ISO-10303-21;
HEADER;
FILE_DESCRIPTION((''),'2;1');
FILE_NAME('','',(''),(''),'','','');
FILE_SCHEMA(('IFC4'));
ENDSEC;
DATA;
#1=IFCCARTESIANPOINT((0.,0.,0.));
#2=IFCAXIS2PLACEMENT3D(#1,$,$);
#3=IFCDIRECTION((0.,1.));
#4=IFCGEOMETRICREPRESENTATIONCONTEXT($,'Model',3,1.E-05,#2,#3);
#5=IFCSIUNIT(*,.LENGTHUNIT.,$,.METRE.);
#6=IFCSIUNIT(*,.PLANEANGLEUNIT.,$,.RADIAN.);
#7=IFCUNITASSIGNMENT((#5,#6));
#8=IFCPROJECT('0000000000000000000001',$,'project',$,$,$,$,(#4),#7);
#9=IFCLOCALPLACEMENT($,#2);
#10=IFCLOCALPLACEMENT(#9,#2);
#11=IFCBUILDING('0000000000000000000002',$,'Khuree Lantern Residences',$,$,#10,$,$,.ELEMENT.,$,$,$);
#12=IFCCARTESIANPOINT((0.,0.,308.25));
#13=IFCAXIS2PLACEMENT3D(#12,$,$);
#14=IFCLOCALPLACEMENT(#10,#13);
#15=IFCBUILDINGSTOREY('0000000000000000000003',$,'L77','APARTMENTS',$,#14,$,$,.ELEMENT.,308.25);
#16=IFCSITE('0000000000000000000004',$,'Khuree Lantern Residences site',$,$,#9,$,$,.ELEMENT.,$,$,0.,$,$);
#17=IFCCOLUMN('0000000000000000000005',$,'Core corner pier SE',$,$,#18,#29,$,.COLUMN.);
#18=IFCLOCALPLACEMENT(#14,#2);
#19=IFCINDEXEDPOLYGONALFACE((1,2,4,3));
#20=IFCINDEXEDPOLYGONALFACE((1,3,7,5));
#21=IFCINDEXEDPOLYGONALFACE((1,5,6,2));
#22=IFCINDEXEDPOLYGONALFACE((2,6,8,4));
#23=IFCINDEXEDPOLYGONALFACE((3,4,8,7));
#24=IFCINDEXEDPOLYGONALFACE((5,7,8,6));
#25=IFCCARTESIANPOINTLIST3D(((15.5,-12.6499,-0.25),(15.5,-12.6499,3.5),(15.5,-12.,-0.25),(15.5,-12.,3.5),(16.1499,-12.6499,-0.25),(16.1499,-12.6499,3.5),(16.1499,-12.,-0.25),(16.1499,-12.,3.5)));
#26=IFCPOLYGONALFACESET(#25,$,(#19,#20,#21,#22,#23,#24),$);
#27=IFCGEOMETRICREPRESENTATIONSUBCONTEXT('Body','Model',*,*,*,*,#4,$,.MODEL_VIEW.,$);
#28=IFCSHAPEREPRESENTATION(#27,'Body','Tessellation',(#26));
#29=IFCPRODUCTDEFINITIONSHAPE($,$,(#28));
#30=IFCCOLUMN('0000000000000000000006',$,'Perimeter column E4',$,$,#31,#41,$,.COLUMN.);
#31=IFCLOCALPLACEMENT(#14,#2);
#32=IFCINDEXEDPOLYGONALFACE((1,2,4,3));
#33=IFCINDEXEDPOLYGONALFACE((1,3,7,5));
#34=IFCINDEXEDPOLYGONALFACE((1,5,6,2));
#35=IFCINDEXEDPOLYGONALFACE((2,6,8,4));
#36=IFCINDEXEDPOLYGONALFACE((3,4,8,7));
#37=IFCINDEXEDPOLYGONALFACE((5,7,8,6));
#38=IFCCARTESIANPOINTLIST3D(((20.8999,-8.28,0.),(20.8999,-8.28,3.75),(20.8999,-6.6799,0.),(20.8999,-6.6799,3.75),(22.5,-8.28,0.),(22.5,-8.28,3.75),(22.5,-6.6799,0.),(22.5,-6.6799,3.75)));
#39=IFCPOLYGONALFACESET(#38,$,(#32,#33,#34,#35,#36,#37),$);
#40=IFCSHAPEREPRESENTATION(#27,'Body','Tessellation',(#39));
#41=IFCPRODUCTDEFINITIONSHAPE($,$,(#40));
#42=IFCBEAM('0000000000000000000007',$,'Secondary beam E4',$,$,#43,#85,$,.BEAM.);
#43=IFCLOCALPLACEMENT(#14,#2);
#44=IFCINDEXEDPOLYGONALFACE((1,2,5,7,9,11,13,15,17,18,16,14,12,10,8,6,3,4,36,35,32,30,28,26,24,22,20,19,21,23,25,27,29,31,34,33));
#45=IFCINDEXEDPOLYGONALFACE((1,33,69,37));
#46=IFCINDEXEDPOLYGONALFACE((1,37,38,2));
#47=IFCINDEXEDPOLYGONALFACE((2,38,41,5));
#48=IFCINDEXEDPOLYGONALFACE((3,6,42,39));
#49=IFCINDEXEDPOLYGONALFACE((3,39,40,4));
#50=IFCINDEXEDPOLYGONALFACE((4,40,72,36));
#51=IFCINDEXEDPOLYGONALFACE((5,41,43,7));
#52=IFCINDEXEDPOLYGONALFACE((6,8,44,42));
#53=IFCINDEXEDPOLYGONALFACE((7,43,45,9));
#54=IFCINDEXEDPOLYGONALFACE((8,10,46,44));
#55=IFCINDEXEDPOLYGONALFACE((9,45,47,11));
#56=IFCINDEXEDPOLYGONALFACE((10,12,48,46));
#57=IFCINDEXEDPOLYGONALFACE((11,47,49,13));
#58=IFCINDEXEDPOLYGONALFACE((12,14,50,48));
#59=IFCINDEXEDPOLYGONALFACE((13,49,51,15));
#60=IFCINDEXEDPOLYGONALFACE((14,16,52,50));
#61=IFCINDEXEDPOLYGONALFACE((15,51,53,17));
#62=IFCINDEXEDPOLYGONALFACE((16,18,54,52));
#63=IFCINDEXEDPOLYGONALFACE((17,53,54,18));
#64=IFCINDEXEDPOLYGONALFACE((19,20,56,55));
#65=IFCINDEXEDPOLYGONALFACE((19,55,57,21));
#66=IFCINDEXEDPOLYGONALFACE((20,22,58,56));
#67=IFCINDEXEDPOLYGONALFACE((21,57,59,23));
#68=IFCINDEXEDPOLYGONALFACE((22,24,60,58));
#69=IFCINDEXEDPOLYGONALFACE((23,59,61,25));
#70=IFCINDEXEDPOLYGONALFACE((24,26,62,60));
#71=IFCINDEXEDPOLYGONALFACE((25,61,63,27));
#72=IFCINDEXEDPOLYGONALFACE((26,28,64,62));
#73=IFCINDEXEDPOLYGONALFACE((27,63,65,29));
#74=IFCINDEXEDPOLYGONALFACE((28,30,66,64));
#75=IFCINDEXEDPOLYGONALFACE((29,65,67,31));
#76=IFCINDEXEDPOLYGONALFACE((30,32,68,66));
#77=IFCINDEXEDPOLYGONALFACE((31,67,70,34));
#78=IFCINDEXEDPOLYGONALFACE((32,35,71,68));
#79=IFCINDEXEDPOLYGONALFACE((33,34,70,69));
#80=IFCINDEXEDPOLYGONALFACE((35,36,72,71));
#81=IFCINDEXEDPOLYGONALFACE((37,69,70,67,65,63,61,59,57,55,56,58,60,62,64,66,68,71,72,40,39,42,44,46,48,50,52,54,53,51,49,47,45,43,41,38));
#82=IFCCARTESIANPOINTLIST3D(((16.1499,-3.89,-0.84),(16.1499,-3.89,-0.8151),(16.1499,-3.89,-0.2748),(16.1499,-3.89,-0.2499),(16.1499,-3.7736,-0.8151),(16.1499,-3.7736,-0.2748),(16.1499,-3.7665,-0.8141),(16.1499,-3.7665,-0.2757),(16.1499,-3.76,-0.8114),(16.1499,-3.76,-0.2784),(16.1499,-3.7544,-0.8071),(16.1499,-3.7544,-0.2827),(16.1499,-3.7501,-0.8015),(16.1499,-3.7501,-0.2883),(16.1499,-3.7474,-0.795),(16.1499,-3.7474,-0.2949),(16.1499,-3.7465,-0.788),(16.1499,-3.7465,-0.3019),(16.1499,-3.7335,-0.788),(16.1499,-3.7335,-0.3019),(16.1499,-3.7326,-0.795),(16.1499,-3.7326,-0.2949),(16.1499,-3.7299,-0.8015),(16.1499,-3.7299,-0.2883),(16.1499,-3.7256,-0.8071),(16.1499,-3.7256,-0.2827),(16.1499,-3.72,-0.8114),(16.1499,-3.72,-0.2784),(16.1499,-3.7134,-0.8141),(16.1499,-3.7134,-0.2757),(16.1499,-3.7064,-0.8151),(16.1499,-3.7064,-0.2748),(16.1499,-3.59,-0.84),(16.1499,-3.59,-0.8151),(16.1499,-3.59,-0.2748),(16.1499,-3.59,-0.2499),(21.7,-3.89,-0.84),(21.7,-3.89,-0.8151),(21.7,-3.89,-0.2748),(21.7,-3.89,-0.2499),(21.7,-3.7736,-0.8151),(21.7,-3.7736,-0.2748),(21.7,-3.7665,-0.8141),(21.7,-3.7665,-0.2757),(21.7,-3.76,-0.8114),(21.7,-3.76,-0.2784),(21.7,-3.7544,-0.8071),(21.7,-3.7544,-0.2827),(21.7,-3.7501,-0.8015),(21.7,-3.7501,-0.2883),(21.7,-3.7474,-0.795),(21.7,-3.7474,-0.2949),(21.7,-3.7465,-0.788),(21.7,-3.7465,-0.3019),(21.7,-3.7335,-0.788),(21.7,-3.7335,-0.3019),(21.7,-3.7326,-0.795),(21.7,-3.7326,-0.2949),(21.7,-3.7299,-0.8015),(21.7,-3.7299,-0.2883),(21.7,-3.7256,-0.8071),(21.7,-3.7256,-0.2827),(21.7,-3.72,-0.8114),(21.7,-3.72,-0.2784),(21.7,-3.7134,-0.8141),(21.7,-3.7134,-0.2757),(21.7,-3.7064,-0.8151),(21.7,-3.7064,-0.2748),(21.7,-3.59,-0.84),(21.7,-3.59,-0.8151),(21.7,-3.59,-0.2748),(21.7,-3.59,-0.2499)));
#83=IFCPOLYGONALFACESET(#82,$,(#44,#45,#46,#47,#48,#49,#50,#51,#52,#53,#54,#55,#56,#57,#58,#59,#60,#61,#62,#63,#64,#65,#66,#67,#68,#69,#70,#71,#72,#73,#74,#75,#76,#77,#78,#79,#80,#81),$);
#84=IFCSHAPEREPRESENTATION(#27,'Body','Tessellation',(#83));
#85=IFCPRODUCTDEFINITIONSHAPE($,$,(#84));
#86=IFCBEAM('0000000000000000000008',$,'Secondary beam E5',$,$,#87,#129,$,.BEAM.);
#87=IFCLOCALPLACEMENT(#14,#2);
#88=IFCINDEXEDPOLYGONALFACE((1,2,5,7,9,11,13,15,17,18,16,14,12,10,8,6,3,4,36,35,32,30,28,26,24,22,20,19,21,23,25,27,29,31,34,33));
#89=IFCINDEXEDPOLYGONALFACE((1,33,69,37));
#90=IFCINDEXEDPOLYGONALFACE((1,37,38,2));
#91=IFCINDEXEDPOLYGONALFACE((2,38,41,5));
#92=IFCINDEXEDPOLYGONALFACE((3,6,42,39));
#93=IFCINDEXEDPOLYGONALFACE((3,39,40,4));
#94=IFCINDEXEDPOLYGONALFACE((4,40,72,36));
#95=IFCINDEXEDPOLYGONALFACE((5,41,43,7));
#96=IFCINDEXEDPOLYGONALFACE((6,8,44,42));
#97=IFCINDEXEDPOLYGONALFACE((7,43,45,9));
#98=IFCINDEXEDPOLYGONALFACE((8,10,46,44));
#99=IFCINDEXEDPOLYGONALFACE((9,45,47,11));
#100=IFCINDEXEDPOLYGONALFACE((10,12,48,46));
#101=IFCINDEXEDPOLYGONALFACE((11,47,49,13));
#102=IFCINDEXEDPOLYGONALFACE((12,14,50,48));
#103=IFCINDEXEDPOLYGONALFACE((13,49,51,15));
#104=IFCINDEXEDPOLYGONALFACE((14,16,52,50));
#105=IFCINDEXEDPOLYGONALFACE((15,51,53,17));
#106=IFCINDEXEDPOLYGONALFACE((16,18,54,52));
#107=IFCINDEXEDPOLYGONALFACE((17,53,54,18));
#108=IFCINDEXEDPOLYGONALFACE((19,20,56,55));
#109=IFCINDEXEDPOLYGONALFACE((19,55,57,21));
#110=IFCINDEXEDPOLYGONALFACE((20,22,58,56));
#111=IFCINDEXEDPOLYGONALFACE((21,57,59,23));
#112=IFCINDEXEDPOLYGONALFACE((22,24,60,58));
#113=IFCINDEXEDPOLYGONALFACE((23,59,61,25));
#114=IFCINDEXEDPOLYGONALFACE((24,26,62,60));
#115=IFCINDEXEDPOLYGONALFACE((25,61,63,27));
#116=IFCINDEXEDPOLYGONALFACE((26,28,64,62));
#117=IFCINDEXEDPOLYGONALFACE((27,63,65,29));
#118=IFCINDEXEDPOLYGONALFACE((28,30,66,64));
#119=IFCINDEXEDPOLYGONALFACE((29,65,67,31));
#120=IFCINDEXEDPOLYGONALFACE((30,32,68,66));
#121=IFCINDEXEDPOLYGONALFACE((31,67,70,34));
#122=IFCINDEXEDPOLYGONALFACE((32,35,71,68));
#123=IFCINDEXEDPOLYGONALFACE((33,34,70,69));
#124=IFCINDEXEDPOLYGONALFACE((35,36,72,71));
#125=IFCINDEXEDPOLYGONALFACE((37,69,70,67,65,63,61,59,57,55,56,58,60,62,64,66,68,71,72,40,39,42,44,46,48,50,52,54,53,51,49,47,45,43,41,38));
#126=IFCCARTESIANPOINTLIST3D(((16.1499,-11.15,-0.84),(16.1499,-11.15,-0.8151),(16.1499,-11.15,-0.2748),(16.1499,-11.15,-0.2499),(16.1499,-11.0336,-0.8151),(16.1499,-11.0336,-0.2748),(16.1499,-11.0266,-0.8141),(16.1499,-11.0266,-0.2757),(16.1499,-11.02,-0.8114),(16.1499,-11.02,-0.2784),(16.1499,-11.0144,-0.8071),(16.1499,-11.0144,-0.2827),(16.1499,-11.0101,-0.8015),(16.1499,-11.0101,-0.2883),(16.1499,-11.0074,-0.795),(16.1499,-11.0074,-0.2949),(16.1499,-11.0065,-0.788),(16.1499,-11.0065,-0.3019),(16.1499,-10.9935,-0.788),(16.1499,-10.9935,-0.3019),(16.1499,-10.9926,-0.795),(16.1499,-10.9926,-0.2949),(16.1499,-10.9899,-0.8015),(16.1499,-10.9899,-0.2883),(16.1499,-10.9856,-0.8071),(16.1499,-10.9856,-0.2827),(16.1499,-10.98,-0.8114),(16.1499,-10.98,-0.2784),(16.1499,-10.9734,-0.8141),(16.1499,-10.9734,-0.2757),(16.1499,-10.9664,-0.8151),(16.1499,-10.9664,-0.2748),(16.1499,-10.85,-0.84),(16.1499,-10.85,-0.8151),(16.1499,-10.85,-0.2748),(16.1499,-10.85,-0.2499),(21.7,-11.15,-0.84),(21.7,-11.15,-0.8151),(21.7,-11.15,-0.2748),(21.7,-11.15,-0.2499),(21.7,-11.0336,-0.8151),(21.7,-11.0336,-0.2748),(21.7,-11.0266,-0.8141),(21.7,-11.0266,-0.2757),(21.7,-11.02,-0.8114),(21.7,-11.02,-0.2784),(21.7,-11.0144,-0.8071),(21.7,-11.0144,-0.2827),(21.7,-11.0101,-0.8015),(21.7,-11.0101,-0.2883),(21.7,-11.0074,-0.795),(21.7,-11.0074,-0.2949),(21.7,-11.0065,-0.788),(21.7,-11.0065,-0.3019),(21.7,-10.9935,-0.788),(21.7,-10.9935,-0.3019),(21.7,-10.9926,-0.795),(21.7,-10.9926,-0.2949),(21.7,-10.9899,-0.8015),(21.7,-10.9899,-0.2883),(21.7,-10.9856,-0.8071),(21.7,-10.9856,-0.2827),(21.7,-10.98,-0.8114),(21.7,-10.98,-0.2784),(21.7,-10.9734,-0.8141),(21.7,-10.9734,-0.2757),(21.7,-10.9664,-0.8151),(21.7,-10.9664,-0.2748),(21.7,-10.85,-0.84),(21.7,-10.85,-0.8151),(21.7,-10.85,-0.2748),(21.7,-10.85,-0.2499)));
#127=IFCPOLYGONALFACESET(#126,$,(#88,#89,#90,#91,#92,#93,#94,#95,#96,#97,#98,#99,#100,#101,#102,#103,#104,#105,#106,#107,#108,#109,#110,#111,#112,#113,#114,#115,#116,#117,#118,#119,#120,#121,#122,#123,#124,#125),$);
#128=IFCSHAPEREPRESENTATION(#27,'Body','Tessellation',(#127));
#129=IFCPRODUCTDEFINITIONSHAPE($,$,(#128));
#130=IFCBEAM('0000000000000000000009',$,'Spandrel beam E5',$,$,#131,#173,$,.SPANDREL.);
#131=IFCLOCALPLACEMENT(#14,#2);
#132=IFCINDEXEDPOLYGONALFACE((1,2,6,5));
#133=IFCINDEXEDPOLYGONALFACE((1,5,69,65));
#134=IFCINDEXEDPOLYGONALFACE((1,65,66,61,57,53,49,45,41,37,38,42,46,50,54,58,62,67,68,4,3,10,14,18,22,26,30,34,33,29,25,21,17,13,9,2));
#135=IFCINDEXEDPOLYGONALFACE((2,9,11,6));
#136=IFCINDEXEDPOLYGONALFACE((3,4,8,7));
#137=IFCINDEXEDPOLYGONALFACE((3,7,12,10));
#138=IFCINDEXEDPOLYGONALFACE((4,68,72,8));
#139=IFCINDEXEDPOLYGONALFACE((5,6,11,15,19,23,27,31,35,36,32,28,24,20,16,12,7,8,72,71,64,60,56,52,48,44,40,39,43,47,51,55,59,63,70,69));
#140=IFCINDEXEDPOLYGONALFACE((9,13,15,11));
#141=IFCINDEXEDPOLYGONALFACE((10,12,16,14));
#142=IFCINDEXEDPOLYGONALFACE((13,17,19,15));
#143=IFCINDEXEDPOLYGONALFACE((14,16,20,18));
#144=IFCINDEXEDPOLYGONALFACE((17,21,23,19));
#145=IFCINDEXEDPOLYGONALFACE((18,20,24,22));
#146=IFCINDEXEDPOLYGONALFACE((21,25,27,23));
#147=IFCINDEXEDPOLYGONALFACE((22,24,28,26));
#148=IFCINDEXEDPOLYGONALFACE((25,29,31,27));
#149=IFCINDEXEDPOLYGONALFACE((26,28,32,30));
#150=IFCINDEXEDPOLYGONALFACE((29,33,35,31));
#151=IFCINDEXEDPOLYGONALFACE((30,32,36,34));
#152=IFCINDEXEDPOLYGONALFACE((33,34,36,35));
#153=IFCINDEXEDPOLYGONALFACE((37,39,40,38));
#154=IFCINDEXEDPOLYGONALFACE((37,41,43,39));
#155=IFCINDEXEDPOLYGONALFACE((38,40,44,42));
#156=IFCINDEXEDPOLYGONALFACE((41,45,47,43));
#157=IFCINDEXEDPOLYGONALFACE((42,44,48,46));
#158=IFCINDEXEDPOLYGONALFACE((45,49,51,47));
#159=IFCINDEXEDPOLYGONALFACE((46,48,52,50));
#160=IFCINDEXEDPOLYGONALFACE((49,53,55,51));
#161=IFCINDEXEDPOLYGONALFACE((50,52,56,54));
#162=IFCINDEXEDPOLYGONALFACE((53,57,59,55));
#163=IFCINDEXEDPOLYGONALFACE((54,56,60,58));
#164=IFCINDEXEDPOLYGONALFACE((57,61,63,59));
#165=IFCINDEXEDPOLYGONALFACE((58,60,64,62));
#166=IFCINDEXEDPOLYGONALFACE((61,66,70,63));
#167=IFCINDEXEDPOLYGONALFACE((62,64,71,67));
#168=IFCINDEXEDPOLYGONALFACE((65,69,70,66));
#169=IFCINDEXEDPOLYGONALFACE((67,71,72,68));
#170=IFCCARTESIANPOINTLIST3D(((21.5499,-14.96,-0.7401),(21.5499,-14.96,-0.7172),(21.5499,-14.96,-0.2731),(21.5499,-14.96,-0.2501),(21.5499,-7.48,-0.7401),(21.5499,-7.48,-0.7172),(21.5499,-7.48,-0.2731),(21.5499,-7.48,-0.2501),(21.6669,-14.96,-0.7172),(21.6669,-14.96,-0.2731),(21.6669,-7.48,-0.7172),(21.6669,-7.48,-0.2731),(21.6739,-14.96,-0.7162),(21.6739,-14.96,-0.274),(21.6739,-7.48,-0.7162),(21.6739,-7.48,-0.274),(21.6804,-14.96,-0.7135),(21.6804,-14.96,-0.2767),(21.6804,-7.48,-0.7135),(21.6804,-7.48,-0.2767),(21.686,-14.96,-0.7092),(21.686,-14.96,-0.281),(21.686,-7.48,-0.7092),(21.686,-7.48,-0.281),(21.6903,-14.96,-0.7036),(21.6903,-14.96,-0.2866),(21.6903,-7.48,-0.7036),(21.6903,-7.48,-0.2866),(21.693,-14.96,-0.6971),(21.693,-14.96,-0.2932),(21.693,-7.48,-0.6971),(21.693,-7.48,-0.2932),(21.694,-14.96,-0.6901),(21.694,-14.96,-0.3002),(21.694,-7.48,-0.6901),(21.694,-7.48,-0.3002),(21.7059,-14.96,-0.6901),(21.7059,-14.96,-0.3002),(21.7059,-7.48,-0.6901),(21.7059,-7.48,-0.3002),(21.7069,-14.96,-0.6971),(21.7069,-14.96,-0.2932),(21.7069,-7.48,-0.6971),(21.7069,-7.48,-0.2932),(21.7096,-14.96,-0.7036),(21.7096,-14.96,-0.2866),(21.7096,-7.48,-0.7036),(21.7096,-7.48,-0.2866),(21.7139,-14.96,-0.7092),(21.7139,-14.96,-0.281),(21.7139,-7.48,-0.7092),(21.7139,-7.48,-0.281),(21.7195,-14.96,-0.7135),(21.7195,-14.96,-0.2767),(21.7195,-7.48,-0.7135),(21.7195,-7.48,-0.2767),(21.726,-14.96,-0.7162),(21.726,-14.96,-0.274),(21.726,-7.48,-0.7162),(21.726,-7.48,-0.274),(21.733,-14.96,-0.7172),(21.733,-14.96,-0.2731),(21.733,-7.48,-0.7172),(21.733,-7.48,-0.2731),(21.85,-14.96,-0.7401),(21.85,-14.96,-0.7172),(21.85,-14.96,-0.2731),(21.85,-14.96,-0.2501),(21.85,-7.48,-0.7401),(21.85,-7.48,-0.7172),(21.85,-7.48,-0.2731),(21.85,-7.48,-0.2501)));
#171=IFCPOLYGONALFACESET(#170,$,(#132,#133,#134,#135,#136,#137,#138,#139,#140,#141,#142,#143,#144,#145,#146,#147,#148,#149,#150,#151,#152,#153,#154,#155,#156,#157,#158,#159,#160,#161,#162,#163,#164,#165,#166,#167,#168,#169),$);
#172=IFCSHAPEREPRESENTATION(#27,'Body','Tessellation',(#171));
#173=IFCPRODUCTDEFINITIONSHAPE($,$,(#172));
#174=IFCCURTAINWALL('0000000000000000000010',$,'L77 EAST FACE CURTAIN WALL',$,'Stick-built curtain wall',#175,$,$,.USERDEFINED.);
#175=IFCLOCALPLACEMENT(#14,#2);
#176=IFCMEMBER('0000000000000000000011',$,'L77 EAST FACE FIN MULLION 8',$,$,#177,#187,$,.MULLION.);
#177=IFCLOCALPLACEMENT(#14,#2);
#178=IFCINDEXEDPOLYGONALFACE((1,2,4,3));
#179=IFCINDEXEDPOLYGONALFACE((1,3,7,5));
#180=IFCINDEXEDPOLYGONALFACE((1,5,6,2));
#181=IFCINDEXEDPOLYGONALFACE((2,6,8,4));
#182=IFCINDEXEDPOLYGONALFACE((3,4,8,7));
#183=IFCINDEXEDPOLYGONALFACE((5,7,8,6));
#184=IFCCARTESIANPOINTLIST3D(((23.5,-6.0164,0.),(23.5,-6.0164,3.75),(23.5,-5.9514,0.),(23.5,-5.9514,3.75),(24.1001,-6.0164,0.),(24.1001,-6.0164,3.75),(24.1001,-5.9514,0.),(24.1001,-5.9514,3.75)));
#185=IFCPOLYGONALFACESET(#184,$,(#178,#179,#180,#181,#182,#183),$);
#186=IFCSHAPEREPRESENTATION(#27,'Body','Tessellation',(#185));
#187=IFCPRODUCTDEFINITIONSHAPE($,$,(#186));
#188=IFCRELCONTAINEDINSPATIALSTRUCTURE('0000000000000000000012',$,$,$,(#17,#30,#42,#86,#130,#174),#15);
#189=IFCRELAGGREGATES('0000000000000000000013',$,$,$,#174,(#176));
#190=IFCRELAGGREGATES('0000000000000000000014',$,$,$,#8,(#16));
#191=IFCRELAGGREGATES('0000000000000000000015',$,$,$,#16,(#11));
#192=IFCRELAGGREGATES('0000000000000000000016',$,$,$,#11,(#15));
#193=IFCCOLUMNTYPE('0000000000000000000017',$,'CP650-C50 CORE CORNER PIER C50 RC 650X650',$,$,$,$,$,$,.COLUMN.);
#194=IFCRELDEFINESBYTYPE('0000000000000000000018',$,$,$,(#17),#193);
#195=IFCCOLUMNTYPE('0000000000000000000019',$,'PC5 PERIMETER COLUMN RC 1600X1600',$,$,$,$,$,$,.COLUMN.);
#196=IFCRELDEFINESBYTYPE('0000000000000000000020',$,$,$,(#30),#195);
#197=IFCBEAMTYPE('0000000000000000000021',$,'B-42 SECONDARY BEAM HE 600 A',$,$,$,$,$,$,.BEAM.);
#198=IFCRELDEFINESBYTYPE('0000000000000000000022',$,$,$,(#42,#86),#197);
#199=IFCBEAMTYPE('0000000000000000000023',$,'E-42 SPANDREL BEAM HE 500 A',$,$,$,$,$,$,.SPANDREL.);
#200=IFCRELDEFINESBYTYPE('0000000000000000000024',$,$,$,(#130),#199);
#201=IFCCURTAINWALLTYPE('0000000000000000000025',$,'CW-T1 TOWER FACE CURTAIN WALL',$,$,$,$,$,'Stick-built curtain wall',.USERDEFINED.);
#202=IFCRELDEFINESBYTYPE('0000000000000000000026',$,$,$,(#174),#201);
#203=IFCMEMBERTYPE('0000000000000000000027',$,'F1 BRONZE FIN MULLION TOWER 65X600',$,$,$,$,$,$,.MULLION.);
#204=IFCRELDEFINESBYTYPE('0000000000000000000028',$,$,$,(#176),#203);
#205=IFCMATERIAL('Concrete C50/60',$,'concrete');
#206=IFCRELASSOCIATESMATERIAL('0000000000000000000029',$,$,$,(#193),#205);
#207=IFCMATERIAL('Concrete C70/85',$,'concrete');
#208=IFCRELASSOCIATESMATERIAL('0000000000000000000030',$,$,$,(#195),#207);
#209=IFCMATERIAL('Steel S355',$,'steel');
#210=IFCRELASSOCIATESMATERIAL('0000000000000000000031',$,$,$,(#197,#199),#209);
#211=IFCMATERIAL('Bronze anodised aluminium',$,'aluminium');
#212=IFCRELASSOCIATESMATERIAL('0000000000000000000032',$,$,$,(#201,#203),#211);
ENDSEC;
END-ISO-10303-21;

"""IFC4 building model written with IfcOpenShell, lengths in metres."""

from ifc_helpers import new_model, si_unit, direction, frame, origin, origin_2d, place, context, subcontext, project, spatial, rectangle, i_section, extrude, material, material_profile, profile_set, type_object, element, aggregate, save


model = new_model("IFC4")

# Units and contexts
model_context = context("Model", 3, precision=1e-05, world=origin(), true_north=direction((0.0, 1.0)))
body_context = subcontext(model_context, "Body", "Model", "MODEL_VIEW")
ifc_project = project(units=[si_unit("LENGTHUNIT", "METRE"), si_unit("PLANEANGLEUNIT", "RADIAN")], contexts=[model_context])

# Site, building, storey
site_placement = place(None, origin())
site = spatial("IfcSite", under=ifc_project, at=site_placement, Name="Khuree Lantern Residences site", CompositionType="ELEMENT", RefElevation=0.0)
building_placement = place(site_placement, origin())
building = spatial("IfcBuilding", under=site, at=building_placement, Name="Khuree Lantern Residences", CompositionType="ELEMENT")
storey_placement = place(building_placement, frame((0.0, 0.0, 308.25)))
storey = spatial("IfcBuildingStorey", under=building, at=storey_placement, Name="L77", Description="APARTMENTS", CompositionType="ELEMENT", Elevation=308.25)

# Columns
ifc_material_1 = material(Name="Concrete C50/60", Category="concrete")
ifc_material_profile_1 = material_profile(ifc_material_1, rectangle(XDim=0.6499, YDim=0.6499, at=origin_2d()), Name="RC 650X650")
ifc_profile_set_1 = profile_set([ifc_material_profile_1], Name="Concrete C50/60")
column_type_1 = type_object("IfcColumnType", Name="CP650-C50 CORE CORNER PIER C50 RC 650X650", PredefinedType="COLUMN", material=ifc_profile_set_1)
column_1_placement = place(storey_placement, frame((15.825, -12.325, -0.25), z_axis=(0.0, 0.0, 1.0), x_axis=(1.0, 0.0, 0.0)))
element("IfcColumn", 1, at=column_1_placement, inside=storey, type_object=column_type_1, Name="Core corner pier SE", PredefinedType="COLUMN", context=body_context, shape_type="SweptSolid", body=[
    extrude(rectangle(XDim=0.6499, YDim=0.6499, at=origin_2d()), origin(), (0.0, 0.0, 1.0), 3.75),
])
ifc_material_2 = material(Name="Concrete C70/85", Category="concrete")
ifc_material_profile_2 = material_profile(ifc_material_2, rectangle(XDim=1.6001, YDim=1.6001, at=origin_2d()), Name="RC 1600X1600")
ifc_profile_set_2 = profile_set([ifc_material_profile_2], Name="Concrete C70/85")
column_type_2 = type_object("IfcColumnType", Name="PC5 PERIMETER COLUMN RC 1600X1600", PredefinedType="COLUMN", material=ifc_profile_set_2)
column_2_placement = place(storey_placement, frame((21.7, -7.48, 0.0), z_axis=(0.0, 0.0, 1.0), x_axis=(0.0, 1.0, 0.0)))
element("IfcColumn", 2, at=column_2_placement, inside=storey, type_object=column_type_2, Name="Perimeter column E4", PredefinedType="COLUMN", context=body_context, shape_type="SweptSolid", body=[
    extrude(rectangle(XDim=1.6001, YDim=1.6001, at=origin_2d()), origin(), (0.0, 0.0, 1.0), 3.75),
])

# Beams
ifc_material_3 = material(Name="Steel S355", Category="steel")
ifc_material_profile_3 = material_profile(ifc_material_3, i_section(OverallWidth=0.3, OverallDepth=0.5901, WebThickness=0.0129, FlangeThickness=0.0249, FilletRadius=0.0271, at=origin_2d()), Name="HE 600 A")
ifc_profile_set_3 = profile_set([ifc_material_profile_3], Name="Steel S355")
beam_type_1 = type_object("IfcBeamType", Name="B-42 SECONDARY BEAM HE 600 A", PredefinedType="BEAM", material=ifc_profile_set_3)
for number, where, z_axis, x_axis, name in (
    (3, (21.7, -3.74, -0.5449), (-1.0, 0.0, 0.0), (0.0, -1.0, 0.0), "Secondary beam E4"),
    (4, (21.7, -11.0, -0.5449), (-1.0, 0.0, 0.0), (0.0, -1.0, 0.0), "Secondary beam E5"),
):
    element("IfcBeam", number, at=place(storey_placement, frame(where, z_axis=z_axis, x_axis=x_axis)), inside=storey, type_object=beam_type_1, Name=name, PredefinedType="BEAM", context=body_context, shape_type="SweptSolid", body=[
        extrude(i_section(OverallWidth=0.3, OverallDepth=0.5901, WebThickness=0.0129, FlangeThickness=0.0249, FilletRadius=0.0271, at=origin_2d()), origin(), (0.0, 0.0, 1.0), 5.55),
    ])
ifc_material_profile_4 = material_profile(ifc_material_3, i_section(OverallWidth=0.3, OverallDepth=0.49, WebThickness=0.012, FlangeThickness=0.0229, FilletRadius=0.0271, at=origin_2d()), Name="HE 500 A")
ifc_profile_set_4 = profile_set([ifc_material_profile_4], Name="Steel S355")
beam_type_2 = type_object("IfcBeamType", Name="E-42 SPANDREL BEAM HE 500 A", PredefinedType="SPANDREL", material=ifc_profile_set_4)
beam_1_placement = place(storey_placement, frame((21.7, -7.48, -0.4951), z_axis=(0.0, -1.0, 0.0), x_axis=(1.0, 0.0, 0.0)))
element("IfcBeam", 5, at=beam_1_placement, inside=storey, type_object=beam_type_2, Name="Spandrel beam E5", PredefinedType="SPANDREL", context=body_context, shape_type="SweptSolid", body=[
    extrude(i_section(OverallWidth=0.3, OverallDepth=0.49, WebThickness=0.012, FlangeThickness=0.0229, FilletRadius=0.0271, at=origin_2d()), origin(), (0.0, 0.0, 1.0), 7.48),
])

# Curtain wall, member
ifc_material_4 = material(Name="Bronze anodised aluminium", Category="aluminium")
curtain_wall_type = type_object("IfcCurtainWallType", Name="CW-T1 TOWER FACE CURTAIN WALL", ElementType="Stick-built curtain wall", PredefinedType="USERDEFINED", material=ifc_material_4)
curtain_wall_placement = place(storey_placement, origin())
curtain_wall = element("IfcCurtainWall", 6, at=curtain_wall_placement, inside=storey, type_object=curtain_wall_type, Name="L77 EAST FACE CURTAIN WALL", ObjectType="Stick-built curtain wall", PredefinedType="USERDEFINED")
ifc_material_profile_5 = material_profile(ifc_material_4, rectangle(XDim=0.0649, YDim=0.6001, at=origin_2d()), Name="F1 65X600")
ifc_profile_set_5 = profile_set([ifc_material_profile_5], Name="Bronze anodised aluminium")
member_type_1 = type_object("IfcMemberType", Name="F1 BRONZE FIN MULLION TOWER 65X600", PredefinedType="MULLION", material=ifc_profile_set_5)
member_1_placement = place(storey_placement, frame((23.8, -5.9839, 0.0), z_axis=(0.0, 0.0, 1.0), x_axis=(0.0, 1.0, 0.0)))
member_1 = element("IfcMember", 7, at=member_1_placement, type_object=member_type_1, Name="L77 EAST FACE FIN MULLION 8", PredefinedType="MULLION", context=body_context, shape_type="SweptSolid", body=[
    extrude(rectangle(XDim=0.0649, YDim=0.6001, at=origin_2d()), origin(), (0.0, 0.0, 1.0), 3.75),
])

aggregate(curtain_wall, [member_1])

save(model, "model.ifc")
